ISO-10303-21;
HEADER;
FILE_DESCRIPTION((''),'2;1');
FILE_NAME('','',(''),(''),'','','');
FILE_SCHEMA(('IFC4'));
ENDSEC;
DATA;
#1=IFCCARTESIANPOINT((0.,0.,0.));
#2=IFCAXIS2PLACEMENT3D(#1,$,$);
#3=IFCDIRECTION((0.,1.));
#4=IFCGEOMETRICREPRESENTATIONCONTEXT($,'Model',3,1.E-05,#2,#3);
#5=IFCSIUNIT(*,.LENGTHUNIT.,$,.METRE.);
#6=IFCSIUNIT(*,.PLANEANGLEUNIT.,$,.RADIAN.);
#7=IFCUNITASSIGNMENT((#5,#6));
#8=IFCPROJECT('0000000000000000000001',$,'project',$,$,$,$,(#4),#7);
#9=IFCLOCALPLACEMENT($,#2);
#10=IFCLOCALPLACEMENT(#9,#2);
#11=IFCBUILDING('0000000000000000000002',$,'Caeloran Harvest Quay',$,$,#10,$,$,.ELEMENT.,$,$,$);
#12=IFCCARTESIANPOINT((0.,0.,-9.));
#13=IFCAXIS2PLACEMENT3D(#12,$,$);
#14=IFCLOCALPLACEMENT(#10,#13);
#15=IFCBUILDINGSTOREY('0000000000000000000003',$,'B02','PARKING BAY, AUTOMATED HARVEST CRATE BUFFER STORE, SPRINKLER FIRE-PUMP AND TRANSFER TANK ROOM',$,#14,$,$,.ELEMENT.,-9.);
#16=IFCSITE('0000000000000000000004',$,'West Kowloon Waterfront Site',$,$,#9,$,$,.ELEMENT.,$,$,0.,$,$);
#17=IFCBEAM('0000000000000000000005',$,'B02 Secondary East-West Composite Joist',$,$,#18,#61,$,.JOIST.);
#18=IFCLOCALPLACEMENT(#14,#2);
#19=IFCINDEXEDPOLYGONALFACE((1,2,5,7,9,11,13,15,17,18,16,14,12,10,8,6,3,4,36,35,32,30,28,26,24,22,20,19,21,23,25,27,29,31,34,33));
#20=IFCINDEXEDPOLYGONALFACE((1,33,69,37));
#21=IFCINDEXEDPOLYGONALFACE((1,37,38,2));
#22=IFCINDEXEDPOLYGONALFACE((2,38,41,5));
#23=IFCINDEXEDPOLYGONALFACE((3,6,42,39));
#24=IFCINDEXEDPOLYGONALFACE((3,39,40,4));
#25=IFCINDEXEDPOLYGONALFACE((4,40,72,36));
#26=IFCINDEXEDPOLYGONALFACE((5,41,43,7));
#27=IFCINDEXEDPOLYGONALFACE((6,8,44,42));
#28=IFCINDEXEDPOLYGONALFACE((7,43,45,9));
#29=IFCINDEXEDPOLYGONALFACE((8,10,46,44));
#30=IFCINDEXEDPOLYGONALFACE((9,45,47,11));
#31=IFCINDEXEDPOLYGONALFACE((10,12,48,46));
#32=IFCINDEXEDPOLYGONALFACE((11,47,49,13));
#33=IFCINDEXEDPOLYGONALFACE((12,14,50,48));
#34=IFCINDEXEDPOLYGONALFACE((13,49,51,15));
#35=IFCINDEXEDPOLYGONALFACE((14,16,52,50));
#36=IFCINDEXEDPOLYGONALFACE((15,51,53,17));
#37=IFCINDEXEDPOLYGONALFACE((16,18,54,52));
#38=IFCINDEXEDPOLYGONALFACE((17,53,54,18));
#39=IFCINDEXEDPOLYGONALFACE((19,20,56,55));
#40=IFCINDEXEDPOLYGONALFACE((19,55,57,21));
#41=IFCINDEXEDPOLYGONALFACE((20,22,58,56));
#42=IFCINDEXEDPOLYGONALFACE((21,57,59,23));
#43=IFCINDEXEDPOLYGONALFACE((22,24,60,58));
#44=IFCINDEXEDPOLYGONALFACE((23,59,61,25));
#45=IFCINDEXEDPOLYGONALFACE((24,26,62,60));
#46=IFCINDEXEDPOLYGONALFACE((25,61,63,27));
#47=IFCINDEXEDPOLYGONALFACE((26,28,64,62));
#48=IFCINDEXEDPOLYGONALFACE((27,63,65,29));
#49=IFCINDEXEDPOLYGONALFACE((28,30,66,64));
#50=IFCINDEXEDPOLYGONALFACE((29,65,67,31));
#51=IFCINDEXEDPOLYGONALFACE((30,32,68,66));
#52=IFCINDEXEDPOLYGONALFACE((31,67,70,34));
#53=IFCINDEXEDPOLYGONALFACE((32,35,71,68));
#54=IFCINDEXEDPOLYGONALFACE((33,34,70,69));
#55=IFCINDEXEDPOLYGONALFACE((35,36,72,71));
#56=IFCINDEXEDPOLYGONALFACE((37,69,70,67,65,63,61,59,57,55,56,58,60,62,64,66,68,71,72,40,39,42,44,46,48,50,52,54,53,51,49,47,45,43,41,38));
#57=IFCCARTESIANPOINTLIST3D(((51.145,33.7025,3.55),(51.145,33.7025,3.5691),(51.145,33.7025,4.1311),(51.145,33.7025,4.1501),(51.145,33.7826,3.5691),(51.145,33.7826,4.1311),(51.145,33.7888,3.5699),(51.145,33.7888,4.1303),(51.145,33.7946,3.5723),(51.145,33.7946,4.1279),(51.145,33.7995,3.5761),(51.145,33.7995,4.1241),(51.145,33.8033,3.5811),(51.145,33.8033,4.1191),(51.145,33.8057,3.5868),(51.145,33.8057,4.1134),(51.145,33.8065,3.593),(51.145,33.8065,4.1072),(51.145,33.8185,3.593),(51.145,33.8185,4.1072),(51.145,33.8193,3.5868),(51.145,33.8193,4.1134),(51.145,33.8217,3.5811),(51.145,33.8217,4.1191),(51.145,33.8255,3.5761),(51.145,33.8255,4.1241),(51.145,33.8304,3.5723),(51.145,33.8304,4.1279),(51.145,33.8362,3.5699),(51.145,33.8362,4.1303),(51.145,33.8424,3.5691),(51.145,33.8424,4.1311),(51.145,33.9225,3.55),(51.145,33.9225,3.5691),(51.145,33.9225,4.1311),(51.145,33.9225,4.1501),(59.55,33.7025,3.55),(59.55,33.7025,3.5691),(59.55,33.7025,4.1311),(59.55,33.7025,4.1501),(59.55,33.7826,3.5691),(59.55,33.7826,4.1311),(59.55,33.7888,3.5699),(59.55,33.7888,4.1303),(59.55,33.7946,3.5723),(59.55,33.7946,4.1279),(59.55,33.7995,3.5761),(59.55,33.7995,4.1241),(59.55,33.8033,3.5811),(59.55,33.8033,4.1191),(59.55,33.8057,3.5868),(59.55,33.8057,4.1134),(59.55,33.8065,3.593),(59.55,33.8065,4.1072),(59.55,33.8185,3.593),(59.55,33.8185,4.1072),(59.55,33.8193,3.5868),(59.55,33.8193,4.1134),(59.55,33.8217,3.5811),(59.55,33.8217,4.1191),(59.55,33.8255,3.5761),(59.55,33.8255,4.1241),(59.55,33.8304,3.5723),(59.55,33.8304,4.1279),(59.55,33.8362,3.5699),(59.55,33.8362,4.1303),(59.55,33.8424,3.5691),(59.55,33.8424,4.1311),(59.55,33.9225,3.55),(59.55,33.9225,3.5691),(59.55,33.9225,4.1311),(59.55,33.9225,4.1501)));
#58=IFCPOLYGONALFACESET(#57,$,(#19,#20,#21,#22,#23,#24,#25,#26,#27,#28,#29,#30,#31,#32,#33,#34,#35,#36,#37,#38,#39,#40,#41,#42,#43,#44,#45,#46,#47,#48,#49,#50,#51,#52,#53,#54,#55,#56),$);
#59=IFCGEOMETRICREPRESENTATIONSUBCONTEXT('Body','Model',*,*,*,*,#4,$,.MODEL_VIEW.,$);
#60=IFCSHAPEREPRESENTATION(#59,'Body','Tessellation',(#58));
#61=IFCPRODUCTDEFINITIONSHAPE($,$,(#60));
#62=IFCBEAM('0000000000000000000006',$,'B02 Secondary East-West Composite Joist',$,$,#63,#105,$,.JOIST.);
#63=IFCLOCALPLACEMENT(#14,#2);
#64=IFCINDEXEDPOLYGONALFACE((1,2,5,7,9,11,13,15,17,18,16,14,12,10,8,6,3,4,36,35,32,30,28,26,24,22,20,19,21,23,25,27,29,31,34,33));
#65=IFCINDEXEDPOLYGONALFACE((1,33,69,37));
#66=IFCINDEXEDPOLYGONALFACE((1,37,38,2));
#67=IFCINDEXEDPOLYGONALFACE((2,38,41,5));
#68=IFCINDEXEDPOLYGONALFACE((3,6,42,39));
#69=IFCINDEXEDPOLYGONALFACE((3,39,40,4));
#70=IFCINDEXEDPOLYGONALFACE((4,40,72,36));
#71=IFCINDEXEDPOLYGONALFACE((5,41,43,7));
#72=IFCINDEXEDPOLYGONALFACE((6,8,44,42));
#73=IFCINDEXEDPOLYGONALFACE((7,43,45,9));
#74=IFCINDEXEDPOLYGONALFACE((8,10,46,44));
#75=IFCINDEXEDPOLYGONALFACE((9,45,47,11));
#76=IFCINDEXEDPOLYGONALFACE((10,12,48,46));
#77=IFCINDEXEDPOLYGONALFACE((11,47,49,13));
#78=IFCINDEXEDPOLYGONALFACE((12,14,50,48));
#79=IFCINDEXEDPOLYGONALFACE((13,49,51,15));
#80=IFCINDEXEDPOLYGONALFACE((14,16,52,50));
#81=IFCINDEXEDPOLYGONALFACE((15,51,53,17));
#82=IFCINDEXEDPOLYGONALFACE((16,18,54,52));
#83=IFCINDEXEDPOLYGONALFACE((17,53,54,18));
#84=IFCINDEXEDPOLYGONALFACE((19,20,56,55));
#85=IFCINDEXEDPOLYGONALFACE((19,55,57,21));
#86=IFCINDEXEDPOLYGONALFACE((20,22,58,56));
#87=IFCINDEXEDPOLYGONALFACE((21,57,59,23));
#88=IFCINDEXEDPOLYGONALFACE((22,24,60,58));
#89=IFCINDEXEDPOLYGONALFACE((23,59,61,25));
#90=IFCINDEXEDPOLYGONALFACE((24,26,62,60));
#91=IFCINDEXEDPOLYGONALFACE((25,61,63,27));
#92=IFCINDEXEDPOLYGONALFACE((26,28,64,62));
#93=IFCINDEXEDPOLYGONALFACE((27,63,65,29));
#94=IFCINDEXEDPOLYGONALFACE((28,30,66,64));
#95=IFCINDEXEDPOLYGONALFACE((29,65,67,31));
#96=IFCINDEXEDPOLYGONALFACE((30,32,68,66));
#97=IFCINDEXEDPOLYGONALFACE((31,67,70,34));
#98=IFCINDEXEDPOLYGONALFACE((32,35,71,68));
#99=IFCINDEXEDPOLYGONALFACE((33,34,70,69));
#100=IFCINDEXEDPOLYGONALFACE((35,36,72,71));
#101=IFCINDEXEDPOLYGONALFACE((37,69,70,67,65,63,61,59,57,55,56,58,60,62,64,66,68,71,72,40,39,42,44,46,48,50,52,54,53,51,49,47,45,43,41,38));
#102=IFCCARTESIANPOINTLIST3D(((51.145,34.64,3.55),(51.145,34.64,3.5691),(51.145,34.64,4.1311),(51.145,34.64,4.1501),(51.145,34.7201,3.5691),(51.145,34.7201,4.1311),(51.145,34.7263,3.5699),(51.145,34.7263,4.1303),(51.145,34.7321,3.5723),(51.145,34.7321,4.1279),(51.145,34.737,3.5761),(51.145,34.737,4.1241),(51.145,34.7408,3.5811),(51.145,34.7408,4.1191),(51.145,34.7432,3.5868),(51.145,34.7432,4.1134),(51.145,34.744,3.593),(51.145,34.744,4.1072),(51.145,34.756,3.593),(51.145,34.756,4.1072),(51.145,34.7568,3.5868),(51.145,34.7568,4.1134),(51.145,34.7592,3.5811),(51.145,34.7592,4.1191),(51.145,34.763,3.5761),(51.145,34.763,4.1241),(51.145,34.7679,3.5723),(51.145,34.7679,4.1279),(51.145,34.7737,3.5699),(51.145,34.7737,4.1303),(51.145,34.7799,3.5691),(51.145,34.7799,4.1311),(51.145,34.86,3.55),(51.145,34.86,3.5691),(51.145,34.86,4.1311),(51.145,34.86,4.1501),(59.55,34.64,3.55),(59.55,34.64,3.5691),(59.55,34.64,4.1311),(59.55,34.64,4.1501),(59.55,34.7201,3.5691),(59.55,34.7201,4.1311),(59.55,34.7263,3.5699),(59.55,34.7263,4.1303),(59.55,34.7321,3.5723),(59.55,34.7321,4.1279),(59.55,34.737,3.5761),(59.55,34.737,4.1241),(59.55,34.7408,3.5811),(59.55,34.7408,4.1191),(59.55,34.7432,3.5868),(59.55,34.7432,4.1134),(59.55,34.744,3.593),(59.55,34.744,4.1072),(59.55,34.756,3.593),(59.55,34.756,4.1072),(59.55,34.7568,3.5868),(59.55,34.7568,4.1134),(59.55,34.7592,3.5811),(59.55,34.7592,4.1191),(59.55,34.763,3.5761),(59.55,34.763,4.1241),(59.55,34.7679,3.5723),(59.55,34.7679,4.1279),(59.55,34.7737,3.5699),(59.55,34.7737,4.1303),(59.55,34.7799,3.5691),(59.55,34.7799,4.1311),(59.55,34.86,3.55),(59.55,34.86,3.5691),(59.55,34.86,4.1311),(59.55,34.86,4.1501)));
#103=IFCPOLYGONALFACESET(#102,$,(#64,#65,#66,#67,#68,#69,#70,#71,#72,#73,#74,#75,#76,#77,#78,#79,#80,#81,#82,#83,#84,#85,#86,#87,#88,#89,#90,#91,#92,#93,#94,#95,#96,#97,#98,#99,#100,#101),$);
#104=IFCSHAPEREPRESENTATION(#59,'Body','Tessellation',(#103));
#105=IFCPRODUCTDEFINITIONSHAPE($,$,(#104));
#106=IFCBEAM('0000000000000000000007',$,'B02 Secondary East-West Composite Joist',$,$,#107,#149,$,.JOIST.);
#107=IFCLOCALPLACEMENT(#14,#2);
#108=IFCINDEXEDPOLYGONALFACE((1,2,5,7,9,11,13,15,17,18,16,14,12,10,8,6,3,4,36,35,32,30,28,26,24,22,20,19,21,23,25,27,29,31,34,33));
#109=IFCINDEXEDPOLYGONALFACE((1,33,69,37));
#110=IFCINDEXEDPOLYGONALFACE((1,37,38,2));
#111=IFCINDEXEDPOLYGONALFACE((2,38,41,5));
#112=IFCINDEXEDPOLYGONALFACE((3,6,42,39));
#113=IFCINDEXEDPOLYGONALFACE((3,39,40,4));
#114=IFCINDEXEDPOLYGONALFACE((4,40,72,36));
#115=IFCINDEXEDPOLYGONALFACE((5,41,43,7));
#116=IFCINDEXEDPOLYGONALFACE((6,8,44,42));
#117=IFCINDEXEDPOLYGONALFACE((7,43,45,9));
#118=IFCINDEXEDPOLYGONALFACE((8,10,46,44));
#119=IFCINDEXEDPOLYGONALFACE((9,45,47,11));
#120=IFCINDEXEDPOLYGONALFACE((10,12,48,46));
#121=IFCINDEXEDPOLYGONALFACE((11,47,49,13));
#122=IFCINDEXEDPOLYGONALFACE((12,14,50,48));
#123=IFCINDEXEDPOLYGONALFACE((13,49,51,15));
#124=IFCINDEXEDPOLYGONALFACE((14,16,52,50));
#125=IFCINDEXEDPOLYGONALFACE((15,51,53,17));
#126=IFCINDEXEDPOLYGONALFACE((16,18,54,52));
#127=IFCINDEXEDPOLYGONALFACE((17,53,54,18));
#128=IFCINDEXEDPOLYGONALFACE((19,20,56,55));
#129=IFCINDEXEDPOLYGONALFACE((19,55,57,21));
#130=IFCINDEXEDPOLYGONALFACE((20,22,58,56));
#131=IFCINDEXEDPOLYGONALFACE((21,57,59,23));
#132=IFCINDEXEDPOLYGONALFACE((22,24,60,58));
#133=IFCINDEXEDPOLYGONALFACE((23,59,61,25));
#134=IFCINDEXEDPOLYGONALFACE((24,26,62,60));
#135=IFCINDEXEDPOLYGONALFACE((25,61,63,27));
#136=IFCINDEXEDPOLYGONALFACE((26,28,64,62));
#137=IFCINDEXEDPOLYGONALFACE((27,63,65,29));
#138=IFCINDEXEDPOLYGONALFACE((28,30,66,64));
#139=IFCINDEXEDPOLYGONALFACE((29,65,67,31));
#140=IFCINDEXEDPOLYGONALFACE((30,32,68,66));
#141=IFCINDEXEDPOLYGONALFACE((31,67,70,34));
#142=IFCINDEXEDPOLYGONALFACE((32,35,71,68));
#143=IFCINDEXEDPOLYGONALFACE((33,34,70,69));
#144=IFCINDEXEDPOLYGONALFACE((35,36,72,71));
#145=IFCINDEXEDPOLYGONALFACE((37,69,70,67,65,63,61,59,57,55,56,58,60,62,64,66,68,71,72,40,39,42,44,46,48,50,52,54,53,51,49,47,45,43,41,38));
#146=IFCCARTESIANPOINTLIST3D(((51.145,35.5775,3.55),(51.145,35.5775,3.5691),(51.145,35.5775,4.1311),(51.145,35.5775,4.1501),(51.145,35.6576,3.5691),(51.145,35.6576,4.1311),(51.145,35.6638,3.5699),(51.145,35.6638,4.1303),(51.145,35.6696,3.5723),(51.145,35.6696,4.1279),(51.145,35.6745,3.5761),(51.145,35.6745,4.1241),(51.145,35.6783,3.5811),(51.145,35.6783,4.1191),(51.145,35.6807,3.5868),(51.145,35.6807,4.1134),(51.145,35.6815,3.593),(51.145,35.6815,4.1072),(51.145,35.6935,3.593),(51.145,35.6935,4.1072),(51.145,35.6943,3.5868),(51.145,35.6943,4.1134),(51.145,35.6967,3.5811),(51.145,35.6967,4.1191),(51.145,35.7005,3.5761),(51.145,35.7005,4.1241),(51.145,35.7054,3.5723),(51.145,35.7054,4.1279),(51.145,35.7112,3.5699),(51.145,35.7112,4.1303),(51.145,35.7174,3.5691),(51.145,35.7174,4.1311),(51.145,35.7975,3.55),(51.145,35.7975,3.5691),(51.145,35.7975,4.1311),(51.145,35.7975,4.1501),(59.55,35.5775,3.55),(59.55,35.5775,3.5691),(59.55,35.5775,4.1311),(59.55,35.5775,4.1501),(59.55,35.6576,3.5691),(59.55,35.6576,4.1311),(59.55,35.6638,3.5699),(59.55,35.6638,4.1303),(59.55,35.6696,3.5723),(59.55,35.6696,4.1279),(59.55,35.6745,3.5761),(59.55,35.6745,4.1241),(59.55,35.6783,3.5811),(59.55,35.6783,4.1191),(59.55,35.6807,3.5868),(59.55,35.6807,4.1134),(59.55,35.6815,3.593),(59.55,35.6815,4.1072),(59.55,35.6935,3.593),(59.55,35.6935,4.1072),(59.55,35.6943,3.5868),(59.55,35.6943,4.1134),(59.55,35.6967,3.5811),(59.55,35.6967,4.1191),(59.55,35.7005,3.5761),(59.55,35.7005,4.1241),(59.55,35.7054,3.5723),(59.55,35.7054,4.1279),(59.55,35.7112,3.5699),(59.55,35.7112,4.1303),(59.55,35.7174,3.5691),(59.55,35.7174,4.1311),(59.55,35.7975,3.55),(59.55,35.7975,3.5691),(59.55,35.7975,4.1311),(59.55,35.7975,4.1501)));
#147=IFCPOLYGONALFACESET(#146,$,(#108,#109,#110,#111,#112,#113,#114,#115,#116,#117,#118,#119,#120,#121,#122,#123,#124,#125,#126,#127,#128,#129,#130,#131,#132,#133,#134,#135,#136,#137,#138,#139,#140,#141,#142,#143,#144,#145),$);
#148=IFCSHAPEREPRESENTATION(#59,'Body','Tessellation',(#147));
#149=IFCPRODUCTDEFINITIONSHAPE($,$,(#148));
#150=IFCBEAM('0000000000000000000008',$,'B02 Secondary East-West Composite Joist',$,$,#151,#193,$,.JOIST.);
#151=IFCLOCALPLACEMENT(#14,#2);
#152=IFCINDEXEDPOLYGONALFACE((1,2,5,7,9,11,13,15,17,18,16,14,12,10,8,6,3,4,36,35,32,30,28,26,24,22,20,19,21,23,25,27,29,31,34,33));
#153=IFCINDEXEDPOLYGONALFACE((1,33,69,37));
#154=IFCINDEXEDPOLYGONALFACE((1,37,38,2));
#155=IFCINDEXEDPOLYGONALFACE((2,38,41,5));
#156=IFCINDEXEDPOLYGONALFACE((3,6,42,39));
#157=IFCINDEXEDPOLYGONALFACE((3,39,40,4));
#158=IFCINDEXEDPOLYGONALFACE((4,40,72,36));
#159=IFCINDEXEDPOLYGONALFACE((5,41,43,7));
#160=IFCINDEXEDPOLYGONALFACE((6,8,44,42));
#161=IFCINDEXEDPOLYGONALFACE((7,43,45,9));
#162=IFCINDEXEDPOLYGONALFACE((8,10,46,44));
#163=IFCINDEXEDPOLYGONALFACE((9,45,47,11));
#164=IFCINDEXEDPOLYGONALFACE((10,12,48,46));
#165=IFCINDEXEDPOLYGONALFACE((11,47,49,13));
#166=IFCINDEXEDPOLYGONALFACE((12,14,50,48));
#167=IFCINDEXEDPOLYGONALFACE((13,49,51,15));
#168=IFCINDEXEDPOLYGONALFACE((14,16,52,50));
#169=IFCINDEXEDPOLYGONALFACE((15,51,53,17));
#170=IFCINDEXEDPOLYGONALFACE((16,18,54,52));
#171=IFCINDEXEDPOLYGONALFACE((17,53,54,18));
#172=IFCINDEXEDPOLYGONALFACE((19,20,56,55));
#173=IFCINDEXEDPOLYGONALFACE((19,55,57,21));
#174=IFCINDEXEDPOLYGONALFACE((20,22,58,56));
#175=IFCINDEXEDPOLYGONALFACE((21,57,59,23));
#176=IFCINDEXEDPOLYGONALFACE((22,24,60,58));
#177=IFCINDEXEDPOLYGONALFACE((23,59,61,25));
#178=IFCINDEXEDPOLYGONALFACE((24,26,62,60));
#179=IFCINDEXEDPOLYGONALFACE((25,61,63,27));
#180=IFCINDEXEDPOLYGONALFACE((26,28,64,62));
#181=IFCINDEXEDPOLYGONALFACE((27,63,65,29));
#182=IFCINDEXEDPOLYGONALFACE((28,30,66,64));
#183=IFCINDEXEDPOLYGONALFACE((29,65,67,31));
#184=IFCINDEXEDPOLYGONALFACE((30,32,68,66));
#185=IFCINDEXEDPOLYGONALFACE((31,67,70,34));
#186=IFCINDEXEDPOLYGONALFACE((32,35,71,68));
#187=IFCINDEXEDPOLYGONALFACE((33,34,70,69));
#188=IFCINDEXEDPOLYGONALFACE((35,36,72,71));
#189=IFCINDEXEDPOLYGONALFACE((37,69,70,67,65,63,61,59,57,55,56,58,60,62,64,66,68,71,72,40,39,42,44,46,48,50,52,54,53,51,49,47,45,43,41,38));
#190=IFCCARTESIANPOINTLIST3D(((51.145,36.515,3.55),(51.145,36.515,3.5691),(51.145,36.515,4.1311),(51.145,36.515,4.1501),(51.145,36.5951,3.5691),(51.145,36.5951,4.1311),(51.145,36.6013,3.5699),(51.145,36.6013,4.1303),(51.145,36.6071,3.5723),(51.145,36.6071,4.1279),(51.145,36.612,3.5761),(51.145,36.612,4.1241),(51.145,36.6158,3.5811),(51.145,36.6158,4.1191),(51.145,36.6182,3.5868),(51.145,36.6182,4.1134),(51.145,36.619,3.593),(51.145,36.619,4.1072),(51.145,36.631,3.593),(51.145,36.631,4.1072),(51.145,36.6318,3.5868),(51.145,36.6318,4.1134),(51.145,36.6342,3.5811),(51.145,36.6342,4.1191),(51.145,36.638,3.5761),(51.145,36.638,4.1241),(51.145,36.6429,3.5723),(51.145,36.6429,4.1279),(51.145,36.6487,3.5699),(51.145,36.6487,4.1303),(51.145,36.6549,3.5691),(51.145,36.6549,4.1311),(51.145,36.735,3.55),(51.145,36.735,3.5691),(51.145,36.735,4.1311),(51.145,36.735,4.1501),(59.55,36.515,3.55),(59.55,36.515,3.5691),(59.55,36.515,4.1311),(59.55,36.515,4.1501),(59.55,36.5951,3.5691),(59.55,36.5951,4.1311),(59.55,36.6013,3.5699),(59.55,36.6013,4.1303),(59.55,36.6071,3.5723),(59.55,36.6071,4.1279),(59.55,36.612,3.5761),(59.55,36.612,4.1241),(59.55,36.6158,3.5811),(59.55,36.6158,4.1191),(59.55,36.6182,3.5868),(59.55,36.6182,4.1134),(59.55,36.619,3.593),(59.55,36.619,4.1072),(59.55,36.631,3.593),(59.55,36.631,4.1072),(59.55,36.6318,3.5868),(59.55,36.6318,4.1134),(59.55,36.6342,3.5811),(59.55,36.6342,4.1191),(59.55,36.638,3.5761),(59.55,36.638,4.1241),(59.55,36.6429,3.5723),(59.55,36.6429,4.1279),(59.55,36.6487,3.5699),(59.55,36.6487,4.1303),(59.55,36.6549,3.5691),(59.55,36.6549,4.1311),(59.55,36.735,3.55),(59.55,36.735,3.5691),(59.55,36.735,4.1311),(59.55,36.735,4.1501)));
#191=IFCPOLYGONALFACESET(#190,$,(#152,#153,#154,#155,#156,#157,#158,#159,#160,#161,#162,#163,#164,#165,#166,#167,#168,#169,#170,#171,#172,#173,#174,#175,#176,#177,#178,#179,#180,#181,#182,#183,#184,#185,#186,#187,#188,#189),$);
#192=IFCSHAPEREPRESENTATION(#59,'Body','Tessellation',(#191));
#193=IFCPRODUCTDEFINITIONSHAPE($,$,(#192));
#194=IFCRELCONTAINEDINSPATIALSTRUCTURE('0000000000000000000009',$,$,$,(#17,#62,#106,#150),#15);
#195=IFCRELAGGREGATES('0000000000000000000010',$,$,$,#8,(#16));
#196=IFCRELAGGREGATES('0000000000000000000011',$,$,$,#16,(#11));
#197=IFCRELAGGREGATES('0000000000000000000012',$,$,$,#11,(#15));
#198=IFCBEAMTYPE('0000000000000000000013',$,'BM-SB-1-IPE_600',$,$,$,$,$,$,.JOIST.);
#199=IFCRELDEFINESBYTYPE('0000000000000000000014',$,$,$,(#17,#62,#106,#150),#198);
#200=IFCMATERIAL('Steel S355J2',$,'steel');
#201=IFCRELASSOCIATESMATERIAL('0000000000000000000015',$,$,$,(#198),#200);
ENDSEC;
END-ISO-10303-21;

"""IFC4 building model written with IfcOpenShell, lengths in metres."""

from ifc_helpers import new_model, si_unit, direction, frame, origin, origin_2d, place, context, subcontext, project, spatial, i_section, extrude, material, material_profile, profile_set, type_object, element, save


model = new_model("IFC4")

# Units and contexts
model_context = context("Model", 3, precision=1e-05, world=origin(), true_north=direction((0.0, 1.0)))
body_context = subcontext(model_context, "Body", "Model", "MODEL_VIEW")
ifc_project = project(units=[si_unit("LENGTHUNIT", "METRE"), si_unit("PLANEANGLEUNIT", "RADIAN")], contexts=[model_context])

# Site, building, storey
site_placement = place(None, origin())
site = spatial("IfcSite", under=ifc_project, at=site_placement, Name="West Kowloon Waterfront Site", CompositionType="ELEMENT", RefElevation=0.0)
building_placement = place(site_placement, origin())
building = spatial("IfcBuilding", under=site, at=building_placement, Name="Caeloran Harvest Quay", CompositionType="ELEMENT")
storey_placement = place(building_placement, frame((0.0, 0.0, -9.0)))
storey = spatial("IfcBuildingStorey", under=building, at=storey_placement, Name="B02", Description="PARKING BAY, AUTOMATED HARVEST CRATE BUFFER STORE, SPRINKLER FIRE-PUMP AND TRANSFER TANK ROOM", CompositionType="ELEMENT", Elevation=-9.0)

# Beams
ifc_material_1 = material(Name="Steel S355J2", Category="steel")
ifc_material_profile_1 = material_profile(ifc_material_1, i_section(OverallWidth=0.22, OverallDepth=0.6001, WebThickness=0.012, FlangeThickness=0.019, FilletRadius=0.0239, at=origin_2d()), Name="IPE 600")
ifc_profile_set_1 = profile_set([ifc_material_profile_1], Name="Steel S355J2")
beam_type_1 = type_object("IfcBeamType", Name="BM-SB-1-IPE_600", PredefinedType="JOIST", material=ifc_profile_set_1)
for number, where, z_axis, x_axis, name in (
    (1, (51.145, 33.8125, 3.8501), (1.0, 0.0, 0.0), (0.0, 1.0, 0.0), "B02 Secondary East-West Composite Joist"),
    (2, (51.145, 34.75, 3.8501), (1.0, 0.0, 0.0), (0.0, 1.0, 0.0), "B02 Secondary East-West Composite Joist"),
    (3, (51.145, 35.6875, 3.8501), (1.0, 0.0, 0.0), (0.0, 1.0, 0.0), "B02 Secondary East-West Composite Joist"),
    (4, (51.145, 36.625, 3.8501), (1.0, 0.0, 0.0), (0.0, 1.0, 0.0), "B02 Secondary East-West Composite Joist"),
):
    element("IfcBeam", number, at=place(storey_placement, frame(where, z_axis=z_axis, x_axis=x_axis)), inside=storey, type_object=beam_type_1, Name=name, PredefinedType="JOIST", context=body_context, shape_type="SweptSolid", body=[
        extrude(i_section(OverallWidth=0.22, OverallDepth=0.6001, WebThickness=0.012, FlangeThickness=0.019, FilletRadius=0.0239, at=origin_2d()), origin(), (0.0, 0.0, 1.0), 8.405),
    ])

save(model, "model.ifc")
